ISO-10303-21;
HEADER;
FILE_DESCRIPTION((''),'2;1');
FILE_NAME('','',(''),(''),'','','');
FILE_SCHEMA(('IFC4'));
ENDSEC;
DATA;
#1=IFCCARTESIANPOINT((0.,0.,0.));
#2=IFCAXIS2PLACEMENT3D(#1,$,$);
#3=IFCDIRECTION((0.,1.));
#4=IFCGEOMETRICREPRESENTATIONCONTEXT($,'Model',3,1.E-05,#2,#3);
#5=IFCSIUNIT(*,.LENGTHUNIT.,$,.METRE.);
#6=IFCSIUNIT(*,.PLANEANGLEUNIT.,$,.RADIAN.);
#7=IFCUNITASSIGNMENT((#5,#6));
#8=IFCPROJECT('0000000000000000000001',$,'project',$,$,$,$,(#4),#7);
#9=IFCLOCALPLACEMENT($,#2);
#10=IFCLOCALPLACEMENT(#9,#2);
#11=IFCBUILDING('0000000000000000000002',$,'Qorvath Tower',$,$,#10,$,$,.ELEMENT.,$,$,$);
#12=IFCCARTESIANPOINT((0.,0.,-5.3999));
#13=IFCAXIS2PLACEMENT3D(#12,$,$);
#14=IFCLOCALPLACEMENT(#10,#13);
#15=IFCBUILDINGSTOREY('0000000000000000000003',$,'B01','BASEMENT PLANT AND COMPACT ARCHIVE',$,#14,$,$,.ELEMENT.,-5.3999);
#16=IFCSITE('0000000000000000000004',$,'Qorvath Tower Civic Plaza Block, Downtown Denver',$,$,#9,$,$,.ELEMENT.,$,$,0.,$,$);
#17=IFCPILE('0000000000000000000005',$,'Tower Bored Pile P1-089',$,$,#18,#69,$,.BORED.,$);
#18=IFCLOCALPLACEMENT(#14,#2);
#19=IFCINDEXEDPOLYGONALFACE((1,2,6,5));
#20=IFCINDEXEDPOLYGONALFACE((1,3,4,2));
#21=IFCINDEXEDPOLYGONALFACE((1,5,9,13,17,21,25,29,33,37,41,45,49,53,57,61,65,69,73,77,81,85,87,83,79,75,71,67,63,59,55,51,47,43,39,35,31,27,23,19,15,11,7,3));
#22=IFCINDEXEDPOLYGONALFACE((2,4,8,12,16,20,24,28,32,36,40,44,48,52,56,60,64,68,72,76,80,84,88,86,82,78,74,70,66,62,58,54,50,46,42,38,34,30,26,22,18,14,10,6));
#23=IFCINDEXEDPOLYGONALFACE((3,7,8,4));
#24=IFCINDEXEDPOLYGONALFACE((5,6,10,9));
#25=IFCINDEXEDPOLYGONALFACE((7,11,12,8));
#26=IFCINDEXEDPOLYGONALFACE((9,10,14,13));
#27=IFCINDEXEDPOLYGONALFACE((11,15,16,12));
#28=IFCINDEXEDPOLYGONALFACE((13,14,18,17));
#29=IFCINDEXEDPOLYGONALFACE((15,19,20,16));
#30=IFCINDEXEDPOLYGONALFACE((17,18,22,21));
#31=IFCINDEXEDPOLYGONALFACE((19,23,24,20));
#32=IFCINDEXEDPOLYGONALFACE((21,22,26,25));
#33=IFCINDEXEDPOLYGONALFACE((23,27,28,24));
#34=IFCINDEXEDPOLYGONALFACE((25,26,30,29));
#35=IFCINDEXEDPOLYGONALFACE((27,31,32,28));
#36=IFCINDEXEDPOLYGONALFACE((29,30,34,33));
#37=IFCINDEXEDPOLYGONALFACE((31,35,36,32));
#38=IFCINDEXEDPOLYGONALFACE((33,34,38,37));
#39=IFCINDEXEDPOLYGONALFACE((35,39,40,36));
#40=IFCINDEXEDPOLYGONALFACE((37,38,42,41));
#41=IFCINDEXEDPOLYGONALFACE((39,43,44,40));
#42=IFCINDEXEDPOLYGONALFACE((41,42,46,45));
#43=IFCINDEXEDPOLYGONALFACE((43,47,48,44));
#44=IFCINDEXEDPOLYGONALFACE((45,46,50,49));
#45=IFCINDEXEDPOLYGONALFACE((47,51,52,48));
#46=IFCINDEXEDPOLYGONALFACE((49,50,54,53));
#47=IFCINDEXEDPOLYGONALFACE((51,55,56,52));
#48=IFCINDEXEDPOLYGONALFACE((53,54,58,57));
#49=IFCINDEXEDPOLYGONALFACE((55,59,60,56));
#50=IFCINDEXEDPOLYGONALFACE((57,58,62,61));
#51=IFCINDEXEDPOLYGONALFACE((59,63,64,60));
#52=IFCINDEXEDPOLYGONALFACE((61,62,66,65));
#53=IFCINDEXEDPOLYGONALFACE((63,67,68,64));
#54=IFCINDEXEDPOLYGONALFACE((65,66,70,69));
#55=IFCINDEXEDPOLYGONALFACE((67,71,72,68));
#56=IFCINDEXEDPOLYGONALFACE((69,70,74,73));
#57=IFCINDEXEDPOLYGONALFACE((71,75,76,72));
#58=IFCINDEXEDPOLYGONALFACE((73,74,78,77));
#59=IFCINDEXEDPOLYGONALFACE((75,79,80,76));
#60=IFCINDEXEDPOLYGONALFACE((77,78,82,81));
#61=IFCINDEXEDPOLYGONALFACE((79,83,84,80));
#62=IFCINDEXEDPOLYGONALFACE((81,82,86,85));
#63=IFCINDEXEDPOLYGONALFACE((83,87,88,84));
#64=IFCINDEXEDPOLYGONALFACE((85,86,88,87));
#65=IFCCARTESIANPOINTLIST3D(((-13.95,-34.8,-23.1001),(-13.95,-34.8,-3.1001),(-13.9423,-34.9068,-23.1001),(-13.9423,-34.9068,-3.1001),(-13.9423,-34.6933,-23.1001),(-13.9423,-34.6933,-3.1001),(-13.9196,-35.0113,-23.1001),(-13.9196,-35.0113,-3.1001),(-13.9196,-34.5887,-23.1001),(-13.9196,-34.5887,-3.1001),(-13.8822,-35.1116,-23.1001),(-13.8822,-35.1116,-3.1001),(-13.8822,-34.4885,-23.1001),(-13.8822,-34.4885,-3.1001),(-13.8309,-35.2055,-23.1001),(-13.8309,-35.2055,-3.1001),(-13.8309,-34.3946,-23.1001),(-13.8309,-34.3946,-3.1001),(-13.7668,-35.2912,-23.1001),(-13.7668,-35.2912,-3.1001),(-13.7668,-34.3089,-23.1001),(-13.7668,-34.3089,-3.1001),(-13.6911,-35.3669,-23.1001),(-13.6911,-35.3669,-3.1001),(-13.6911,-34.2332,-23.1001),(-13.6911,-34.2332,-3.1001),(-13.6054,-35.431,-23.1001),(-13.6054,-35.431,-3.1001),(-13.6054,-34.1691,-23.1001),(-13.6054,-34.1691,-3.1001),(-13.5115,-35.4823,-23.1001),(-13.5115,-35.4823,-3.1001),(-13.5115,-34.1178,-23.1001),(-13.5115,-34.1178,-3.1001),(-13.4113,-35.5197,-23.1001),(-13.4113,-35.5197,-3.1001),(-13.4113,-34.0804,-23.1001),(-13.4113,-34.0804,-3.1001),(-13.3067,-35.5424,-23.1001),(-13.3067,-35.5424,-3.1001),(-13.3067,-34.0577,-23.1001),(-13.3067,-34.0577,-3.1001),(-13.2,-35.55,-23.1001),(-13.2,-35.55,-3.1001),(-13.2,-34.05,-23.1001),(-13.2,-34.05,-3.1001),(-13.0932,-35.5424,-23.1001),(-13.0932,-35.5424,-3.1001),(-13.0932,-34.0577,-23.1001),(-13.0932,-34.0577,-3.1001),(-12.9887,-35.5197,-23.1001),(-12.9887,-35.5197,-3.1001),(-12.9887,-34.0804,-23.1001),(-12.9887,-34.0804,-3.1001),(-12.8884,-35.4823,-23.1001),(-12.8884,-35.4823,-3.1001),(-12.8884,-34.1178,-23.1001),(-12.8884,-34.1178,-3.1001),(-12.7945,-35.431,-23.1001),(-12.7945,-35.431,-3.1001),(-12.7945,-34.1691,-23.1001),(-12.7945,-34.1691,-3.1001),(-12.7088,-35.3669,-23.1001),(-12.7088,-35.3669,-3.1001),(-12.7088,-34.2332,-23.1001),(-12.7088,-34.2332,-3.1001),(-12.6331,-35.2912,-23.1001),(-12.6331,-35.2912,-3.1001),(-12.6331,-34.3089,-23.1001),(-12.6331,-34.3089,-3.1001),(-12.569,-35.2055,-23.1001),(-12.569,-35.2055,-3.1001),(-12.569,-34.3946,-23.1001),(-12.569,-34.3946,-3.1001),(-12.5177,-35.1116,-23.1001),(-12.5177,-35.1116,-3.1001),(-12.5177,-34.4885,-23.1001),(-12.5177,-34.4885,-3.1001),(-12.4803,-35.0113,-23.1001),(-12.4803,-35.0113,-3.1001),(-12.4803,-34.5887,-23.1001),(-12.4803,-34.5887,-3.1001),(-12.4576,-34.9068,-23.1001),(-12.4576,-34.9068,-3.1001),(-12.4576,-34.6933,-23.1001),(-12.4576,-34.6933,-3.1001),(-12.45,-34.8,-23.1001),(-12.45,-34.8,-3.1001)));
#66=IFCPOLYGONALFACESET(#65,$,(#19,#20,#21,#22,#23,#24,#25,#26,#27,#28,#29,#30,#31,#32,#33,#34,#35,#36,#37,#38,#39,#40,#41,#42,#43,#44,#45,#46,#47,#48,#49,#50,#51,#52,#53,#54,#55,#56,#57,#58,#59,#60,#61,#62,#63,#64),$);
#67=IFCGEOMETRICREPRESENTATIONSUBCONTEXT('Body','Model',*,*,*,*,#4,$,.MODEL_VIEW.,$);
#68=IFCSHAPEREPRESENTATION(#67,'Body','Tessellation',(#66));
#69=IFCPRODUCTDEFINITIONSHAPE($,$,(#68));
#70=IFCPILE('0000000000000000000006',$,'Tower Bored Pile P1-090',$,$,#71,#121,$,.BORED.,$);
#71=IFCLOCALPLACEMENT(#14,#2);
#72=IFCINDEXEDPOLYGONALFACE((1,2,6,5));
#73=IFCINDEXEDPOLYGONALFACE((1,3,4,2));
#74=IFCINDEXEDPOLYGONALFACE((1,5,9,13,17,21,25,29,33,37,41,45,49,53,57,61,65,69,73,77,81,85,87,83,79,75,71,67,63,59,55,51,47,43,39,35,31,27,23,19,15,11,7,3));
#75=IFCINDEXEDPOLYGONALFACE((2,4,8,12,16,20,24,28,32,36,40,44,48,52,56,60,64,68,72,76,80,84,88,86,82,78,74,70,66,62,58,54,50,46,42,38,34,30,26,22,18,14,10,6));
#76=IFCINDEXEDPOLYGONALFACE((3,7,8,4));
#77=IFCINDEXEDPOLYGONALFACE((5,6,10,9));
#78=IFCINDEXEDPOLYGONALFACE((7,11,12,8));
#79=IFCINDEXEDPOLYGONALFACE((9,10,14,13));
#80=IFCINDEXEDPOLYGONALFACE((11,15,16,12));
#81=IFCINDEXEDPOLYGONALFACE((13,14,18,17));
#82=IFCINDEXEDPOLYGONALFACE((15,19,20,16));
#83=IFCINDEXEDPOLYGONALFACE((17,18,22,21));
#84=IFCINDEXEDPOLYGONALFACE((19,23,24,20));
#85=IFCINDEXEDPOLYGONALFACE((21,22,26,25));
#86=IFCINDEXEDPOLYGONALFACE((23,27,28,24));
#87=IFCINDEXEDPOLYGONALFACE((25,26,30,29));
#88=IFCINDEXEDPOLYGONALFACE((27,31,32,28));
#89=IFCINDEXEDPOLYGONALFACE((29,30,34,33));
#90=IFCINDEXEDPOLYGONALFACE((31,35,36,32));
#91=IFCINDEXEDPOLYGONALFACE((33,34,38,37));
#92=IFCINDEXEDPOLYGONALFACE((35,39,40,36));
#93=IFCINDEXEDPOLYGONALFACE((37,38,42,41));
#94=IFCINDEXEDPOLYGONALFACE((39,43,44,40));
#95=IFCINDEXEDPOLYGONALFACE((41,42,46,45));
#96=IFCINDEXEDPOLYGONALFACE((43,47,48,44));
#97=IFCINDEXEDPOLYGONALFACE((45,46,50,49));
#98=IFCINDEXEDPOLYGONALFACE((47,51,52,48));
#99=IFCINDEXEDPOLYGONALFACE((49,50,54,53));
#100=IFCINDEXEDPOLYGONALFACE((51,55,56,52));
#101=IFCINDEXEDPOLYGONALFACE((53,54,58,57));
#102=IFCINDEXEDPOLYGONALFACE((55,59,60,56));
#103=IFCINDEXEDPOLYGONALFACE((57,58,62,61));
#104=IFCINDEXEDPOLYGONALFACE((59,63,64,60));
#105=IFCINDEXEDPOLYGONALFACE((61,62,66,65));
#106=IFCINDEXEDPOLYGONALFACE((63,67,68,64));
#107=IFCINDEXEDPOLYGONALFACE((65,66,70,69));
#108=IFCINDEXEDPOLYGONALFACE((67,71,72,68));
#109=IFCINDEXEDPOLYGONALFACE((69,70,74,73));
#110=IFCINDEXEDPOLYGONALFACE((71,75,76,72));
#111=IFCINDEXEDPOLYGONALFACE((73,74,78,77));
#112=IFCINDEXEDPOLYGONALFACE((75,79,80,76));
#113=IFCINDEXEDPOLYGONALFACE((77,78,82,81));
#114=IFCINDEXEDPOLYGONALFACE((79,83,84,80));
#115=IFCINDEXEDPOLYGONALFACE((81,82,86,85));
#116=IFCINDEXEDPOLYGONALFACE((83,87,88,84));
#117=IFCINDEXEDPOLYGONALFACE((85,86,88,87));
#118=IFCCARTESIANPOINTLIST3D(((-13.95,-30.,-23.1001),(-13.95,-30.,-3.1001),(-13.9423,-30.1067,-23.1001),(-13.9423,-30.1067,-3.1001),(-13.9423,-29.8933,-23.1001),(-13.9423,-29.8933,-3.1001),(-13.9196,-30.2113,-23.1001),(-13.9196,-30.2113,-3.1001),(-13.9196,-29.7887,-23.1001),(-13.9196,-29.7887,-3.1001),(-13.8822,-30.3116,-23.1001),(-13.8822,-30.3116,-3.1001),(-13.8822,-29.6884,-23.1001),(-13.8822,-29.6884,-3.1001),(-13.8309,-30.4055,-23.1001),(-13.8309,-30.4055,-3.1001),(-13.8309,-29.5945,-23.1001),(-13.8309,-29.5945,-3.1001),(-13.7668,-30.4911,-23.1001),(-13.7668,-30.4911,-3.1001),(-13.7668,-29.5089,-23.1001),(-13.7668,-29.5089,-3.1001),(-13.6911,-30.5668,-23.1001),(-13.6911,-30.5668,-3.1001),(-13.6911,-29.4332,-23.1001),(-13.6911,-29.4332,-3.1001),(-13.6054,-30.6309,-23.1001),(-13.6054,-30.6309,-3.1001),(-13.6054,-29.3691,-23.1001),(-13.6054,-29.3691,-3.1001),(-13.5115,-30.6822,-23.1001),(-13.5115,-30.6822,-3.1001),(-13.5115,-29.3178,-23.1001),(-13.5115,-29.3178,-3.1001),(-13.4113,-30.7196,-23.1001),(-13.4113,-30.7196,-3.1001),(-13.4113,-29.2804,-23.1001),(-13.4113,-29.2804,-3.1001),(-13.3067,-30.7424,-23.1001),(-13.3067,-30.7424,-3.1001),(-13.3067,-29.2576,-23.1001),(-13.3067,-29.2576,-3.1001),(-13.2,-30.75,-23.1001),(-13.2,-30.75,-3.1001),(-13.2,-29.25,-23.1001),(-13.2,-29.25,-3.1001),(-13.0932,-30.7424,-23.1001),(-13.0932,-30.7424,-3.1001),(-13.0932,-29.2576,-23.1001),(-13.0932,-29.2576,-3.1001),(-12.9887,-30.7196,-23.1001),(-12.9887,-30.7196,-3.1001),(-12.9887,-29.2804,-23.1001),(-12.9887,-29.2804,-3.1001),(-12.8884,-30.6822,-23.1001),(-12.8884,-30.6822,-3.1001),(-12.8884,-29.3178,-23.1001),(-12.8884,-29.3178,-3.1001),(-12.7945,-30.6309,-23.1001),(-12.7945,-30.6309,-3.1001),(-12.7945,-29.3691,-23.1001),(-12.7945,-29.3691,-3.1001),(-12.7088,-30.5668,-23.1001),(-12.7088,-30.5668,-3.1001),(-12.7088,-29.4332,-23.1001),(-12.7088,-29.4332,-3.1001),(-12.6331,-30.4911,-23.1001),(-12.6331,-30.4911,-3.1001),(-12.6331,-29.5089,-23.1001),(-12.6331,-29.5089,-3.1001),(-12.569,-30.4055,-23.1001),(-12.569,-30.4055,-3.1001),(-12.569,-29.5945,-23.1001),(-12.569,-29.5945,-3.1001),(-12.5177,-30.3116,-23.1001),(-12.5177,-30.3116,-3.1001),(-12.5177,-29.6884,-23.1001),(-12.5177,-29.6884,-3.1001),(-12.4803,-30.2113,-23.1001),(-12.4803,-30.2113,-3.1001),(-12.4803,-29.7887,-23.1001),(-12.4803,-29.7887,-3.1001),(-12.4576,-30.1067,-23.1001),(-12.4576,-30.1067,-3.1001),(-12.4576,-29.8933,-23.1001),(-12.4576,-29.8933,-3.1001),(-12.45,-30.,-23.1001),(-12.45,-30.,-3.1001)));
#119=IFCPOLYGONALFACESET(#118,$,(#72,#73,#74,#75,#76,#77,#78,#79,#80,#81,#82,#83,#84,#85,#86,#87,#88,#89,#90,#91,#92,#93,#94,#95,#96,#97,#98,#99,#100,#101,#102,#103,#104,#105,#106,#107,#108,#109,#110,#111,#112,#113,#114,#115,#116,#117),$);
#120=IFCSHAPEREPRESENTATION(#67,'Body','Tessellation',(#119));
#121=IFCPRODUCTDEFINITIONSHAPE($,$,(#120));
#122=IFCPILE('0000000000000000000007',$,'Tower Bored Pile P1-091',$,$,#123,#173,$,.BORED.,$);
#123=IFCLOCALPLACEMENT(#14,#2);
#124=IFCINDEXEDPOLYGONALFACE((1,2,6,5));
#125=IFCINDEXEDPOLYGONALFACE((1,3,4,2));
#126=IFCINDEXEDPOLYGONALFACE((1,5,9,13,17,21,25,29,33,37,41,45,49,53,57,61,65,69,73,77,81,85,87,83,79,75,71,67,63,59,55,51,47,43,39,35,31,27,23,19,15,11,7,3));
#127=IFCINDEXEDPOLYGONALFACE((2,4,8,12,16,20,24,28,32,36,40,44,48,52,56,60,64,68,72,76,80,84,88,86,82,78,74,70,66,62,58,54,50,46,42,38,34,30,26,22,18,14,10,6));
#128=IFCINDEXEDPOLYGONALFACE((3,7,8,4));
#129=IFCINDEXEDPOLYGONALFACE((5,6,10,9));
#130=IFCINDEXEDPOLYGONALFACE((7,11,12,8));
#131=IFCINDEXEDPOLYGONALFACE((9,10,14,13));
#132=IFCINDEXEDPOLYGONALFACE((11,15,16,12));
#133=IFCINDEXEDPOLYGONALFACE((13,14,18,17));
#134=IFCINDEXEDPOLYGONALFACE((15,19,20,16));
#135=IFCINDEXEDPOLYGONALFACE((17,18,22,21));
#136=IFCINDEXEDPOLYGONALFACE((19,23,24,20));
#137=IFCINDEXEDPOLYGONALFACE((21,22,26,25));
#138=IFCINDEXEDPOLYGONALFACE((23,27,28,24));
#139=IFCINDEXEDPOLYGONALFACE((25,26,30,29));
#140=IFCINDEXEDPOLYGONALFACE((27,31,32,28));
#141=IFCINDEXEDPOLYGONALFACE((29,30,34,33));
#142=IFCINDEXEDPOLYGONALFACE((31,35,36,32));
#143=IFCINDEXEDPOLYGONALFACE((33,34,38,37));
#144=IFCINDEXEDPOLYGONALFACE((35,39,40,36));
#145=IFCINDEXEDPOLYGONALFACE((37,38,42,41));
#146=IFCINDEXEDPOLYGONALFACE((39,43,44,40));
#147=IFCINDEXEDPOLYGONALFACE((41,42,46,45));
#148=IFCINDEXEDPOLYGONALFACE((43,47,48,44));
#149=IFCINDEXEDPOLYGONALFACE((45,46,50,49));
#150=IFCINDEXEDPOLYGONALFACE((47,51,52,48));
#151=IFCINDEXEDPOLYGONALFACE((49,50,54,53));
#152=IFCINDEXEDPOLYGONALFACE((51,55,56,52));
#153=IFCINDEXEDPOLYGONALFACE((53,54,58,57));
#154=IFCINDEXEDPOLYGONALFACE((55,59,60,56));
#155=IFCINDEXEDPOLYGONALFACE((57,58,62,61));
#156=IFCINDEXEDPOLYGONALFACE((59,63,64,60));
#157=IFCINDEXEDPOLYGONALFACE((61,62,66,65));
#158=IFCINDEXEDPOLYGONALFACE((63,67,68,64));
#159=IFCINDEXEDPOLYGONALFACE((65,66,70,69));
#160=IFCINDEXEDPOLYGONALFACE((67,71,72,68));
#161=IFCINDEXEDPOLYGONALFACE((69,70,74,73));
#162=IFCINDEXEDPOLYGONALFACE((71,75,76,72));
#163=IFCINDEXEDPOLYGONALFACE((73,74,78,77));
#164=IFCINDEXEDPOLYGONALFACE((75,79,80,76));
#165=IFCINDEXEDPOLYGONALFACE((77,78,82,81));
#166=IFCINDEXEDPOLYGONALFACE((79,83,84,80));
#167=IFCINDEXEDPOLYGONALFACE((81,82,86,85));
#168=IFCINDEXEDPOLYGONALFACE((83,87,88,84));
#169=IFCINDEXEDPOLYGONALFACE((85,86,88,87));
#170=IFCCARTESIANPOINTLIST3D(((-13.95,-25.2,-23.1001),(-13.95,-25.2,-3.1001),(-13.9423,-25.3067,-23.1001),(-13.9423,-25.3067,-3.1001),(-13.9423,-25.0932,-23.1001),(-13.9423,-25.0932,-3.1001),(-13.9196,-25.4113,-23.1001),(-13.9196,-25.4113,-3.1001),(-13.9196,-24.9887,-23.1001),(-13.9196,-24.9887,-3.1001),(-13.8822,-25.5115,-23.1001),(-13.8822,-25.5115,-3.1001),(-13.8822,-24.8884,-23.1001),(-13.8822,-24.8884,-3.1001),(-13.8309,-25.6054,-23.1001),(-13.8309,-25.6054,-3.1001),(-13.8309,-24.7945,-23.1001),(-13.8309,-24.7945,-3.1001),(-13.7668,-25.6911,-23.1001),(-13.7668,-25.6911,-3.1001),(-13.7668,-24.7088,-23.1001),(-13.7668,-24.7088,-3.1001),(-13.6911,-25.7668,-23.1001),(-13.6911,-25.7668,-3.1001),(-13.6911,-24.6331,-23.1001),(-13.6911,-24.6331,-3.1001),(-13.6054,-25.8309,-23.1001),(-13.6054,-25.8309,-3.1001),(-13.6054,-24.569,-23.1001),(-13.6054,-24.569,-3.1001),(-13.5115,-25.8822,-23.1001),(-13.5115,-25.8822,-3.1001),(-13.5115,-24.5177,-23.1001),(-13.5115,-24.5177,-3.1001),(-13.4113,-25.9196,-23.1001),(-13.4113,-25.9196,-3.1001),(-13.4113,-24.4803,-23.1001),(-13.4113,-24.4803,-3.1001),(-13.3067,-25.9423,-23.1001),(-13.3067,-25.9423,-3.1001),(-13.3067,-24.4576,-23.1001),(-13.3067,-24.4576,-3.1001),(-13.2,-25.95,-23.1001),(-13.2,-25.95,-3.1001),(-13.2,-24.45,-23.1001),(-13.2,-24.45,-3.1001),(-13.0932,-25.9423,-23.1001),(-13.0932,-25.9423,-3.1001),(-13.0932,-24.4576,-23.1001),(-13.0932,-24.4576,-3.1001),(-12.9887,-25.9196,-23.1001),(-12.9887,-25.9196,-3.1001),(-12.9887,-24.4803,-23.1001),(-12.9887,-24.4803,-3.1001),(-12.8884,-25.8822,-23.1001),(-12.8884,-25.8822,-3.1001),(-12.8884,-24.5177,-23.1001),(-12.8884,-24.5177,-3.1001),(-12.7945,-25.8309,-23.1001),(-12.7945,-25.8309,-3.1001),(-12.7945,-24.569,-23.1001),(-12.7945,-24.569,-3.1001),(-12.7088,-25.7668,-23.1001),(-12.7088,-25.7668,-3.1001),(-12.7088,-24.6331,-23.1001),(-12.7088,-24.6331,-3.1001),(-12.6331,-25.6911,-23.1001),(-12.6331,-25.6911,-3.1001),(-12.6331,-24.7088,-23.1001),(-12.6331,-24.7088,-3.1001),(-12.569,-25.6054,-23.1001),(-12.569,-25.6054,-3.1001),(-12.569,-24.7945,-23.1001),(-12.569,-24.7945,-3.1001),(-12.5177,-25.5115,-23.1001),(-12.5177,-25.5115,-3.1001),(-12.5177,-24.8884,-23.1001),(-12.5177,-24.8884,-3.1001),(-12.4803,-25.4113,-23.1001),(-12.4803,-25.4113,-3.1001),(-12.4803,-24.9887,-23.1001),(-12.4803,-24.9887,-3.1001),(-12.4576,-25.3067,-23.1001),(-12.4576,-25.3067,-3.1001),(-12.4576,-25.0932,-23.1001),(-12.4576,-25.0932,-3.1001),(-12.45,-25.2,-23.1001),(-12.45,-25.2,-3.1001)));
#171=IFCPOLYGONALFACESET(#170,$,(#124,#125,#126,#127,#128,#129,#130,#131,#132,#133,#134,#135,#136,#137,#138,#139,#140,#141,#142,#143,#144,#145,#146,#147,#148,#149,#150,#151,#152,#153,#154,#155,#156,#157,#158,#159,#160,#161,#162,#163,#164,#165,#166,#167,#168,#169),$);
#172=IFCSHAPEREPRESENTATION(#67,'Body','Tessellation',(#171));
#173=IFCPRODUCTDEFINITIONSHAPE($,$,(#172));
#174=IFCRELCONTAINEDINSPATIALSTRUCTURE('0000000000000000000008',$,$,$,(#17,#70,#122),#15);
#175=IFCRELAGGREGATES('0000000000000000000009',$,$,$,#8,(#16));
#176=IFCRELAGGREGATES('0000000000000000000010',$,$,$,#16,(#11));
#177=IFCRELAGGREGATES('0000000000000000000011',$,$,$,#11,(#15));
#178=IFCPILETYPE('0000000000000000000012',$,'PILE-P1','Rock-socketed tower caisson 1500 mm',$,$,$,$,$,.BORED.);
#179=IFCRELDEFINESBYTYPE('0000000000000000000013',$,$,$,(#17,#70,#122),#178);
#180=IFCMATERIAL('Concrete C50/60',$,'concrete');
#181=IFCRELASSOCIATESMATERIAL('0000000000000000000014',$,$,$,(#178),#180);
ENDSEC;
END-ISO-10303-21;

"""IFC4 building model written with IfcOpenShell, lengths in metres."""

from ifc_helpers import new_model, si_unit, direction, frame, origin, origin_2d, place, context, subcontext, project, spatial, circle, extrude, material, material_profile, profile_set, type_object, element, save


model = new_model("IFC4")

# Units and contexts
model_context = context("Model", 3, precision=1e-05, world=origin(), true_north=direction((0.0, 1.0)))
body_context = subcontext(model_context, "Body", "Model", "MODEL_VIEW")
ifc_project = project(units=[si_unit("LENGTHUNIT", "METRE"), si_unit("PLANEANGLEUNIT", "RADIAN")], contexts=[model_context])

# Site, building, storey
site_placement = place(None, origin())
site = spatial("IfcSite", under=ifc_project, at=site_placement, Name="Qorvath Tower Civic Plaza Block, Downtown Denver", CompositionType="ELEMENT", RefElevation=0.0)
building_placement = place(site_placement, origin())
building = spatial("IfcBuilding", under=site, at=building_placement, Name="Qorvath Tower", CompositionType="ELEMENT")
storey_placement = place(building_placement, frame((0.0, 0.0, -5.3999)))
storey = spatial("IfcBuildingStorey", under=building, at=storey_placement, Name="B01", Description="BASEMENT PLANT AND COMPACT ARCHIVE", CompositionType="ELEMENT", Elevation=-5.3999)

# Piles
ifc_material_1 = material(Name="Concrete C50/60", Category="concrete")
ifc_material_profile_1 = material_profile(ifc_material_1, circle(Radius=0.75, at=origin_2d()), Name="BORED PILE 1500")
ifc_profile_set_1 = profile_set([ifc_material_profile_1], Name="Concrete C50/60")
pile_type = type_object("IfcPileType", Name="PILE-P1", Description="Rock-socketed tower caisson 1500 mm", PredefinedType="BORED", material=ifc_profile_set_1)
for number, where, z_axis, x_axis, name in (
    (1, (-13.2, -34.8, -3.1001), (0.0, 0.0, -1.0), (1.0, 0.0, 0.0), "Tower Bored Pile P1-089"),
    (2, (-13.2, -30.0, -3.1001), (0.0, 0.0, -1.0), (1.0, 0.0, 0.0), "Tower Bored Pile P1-090"),
    (3, (-13.2, -25.2, -3.1001), (0.0, 0.0, -1.0), (1.0, 0.0, 0.0), "Tower Bored Pile P1-091"),
):
    element("IfcPile", number, at=place(storey_placement, frame(where, z_axis=z_axis, x_axis=x_axis)), inside=storey, type_object=pile_type, Name=name, PredefinedType="BORED", context=body_context, shape_type="SweptSolid", body=[
        extrude(circle(Radius=0.75, at=origin_2d()), origin(), (0.0, 0.0, 1.0), 20.0),
    ])

save(model, "model.ifc")
